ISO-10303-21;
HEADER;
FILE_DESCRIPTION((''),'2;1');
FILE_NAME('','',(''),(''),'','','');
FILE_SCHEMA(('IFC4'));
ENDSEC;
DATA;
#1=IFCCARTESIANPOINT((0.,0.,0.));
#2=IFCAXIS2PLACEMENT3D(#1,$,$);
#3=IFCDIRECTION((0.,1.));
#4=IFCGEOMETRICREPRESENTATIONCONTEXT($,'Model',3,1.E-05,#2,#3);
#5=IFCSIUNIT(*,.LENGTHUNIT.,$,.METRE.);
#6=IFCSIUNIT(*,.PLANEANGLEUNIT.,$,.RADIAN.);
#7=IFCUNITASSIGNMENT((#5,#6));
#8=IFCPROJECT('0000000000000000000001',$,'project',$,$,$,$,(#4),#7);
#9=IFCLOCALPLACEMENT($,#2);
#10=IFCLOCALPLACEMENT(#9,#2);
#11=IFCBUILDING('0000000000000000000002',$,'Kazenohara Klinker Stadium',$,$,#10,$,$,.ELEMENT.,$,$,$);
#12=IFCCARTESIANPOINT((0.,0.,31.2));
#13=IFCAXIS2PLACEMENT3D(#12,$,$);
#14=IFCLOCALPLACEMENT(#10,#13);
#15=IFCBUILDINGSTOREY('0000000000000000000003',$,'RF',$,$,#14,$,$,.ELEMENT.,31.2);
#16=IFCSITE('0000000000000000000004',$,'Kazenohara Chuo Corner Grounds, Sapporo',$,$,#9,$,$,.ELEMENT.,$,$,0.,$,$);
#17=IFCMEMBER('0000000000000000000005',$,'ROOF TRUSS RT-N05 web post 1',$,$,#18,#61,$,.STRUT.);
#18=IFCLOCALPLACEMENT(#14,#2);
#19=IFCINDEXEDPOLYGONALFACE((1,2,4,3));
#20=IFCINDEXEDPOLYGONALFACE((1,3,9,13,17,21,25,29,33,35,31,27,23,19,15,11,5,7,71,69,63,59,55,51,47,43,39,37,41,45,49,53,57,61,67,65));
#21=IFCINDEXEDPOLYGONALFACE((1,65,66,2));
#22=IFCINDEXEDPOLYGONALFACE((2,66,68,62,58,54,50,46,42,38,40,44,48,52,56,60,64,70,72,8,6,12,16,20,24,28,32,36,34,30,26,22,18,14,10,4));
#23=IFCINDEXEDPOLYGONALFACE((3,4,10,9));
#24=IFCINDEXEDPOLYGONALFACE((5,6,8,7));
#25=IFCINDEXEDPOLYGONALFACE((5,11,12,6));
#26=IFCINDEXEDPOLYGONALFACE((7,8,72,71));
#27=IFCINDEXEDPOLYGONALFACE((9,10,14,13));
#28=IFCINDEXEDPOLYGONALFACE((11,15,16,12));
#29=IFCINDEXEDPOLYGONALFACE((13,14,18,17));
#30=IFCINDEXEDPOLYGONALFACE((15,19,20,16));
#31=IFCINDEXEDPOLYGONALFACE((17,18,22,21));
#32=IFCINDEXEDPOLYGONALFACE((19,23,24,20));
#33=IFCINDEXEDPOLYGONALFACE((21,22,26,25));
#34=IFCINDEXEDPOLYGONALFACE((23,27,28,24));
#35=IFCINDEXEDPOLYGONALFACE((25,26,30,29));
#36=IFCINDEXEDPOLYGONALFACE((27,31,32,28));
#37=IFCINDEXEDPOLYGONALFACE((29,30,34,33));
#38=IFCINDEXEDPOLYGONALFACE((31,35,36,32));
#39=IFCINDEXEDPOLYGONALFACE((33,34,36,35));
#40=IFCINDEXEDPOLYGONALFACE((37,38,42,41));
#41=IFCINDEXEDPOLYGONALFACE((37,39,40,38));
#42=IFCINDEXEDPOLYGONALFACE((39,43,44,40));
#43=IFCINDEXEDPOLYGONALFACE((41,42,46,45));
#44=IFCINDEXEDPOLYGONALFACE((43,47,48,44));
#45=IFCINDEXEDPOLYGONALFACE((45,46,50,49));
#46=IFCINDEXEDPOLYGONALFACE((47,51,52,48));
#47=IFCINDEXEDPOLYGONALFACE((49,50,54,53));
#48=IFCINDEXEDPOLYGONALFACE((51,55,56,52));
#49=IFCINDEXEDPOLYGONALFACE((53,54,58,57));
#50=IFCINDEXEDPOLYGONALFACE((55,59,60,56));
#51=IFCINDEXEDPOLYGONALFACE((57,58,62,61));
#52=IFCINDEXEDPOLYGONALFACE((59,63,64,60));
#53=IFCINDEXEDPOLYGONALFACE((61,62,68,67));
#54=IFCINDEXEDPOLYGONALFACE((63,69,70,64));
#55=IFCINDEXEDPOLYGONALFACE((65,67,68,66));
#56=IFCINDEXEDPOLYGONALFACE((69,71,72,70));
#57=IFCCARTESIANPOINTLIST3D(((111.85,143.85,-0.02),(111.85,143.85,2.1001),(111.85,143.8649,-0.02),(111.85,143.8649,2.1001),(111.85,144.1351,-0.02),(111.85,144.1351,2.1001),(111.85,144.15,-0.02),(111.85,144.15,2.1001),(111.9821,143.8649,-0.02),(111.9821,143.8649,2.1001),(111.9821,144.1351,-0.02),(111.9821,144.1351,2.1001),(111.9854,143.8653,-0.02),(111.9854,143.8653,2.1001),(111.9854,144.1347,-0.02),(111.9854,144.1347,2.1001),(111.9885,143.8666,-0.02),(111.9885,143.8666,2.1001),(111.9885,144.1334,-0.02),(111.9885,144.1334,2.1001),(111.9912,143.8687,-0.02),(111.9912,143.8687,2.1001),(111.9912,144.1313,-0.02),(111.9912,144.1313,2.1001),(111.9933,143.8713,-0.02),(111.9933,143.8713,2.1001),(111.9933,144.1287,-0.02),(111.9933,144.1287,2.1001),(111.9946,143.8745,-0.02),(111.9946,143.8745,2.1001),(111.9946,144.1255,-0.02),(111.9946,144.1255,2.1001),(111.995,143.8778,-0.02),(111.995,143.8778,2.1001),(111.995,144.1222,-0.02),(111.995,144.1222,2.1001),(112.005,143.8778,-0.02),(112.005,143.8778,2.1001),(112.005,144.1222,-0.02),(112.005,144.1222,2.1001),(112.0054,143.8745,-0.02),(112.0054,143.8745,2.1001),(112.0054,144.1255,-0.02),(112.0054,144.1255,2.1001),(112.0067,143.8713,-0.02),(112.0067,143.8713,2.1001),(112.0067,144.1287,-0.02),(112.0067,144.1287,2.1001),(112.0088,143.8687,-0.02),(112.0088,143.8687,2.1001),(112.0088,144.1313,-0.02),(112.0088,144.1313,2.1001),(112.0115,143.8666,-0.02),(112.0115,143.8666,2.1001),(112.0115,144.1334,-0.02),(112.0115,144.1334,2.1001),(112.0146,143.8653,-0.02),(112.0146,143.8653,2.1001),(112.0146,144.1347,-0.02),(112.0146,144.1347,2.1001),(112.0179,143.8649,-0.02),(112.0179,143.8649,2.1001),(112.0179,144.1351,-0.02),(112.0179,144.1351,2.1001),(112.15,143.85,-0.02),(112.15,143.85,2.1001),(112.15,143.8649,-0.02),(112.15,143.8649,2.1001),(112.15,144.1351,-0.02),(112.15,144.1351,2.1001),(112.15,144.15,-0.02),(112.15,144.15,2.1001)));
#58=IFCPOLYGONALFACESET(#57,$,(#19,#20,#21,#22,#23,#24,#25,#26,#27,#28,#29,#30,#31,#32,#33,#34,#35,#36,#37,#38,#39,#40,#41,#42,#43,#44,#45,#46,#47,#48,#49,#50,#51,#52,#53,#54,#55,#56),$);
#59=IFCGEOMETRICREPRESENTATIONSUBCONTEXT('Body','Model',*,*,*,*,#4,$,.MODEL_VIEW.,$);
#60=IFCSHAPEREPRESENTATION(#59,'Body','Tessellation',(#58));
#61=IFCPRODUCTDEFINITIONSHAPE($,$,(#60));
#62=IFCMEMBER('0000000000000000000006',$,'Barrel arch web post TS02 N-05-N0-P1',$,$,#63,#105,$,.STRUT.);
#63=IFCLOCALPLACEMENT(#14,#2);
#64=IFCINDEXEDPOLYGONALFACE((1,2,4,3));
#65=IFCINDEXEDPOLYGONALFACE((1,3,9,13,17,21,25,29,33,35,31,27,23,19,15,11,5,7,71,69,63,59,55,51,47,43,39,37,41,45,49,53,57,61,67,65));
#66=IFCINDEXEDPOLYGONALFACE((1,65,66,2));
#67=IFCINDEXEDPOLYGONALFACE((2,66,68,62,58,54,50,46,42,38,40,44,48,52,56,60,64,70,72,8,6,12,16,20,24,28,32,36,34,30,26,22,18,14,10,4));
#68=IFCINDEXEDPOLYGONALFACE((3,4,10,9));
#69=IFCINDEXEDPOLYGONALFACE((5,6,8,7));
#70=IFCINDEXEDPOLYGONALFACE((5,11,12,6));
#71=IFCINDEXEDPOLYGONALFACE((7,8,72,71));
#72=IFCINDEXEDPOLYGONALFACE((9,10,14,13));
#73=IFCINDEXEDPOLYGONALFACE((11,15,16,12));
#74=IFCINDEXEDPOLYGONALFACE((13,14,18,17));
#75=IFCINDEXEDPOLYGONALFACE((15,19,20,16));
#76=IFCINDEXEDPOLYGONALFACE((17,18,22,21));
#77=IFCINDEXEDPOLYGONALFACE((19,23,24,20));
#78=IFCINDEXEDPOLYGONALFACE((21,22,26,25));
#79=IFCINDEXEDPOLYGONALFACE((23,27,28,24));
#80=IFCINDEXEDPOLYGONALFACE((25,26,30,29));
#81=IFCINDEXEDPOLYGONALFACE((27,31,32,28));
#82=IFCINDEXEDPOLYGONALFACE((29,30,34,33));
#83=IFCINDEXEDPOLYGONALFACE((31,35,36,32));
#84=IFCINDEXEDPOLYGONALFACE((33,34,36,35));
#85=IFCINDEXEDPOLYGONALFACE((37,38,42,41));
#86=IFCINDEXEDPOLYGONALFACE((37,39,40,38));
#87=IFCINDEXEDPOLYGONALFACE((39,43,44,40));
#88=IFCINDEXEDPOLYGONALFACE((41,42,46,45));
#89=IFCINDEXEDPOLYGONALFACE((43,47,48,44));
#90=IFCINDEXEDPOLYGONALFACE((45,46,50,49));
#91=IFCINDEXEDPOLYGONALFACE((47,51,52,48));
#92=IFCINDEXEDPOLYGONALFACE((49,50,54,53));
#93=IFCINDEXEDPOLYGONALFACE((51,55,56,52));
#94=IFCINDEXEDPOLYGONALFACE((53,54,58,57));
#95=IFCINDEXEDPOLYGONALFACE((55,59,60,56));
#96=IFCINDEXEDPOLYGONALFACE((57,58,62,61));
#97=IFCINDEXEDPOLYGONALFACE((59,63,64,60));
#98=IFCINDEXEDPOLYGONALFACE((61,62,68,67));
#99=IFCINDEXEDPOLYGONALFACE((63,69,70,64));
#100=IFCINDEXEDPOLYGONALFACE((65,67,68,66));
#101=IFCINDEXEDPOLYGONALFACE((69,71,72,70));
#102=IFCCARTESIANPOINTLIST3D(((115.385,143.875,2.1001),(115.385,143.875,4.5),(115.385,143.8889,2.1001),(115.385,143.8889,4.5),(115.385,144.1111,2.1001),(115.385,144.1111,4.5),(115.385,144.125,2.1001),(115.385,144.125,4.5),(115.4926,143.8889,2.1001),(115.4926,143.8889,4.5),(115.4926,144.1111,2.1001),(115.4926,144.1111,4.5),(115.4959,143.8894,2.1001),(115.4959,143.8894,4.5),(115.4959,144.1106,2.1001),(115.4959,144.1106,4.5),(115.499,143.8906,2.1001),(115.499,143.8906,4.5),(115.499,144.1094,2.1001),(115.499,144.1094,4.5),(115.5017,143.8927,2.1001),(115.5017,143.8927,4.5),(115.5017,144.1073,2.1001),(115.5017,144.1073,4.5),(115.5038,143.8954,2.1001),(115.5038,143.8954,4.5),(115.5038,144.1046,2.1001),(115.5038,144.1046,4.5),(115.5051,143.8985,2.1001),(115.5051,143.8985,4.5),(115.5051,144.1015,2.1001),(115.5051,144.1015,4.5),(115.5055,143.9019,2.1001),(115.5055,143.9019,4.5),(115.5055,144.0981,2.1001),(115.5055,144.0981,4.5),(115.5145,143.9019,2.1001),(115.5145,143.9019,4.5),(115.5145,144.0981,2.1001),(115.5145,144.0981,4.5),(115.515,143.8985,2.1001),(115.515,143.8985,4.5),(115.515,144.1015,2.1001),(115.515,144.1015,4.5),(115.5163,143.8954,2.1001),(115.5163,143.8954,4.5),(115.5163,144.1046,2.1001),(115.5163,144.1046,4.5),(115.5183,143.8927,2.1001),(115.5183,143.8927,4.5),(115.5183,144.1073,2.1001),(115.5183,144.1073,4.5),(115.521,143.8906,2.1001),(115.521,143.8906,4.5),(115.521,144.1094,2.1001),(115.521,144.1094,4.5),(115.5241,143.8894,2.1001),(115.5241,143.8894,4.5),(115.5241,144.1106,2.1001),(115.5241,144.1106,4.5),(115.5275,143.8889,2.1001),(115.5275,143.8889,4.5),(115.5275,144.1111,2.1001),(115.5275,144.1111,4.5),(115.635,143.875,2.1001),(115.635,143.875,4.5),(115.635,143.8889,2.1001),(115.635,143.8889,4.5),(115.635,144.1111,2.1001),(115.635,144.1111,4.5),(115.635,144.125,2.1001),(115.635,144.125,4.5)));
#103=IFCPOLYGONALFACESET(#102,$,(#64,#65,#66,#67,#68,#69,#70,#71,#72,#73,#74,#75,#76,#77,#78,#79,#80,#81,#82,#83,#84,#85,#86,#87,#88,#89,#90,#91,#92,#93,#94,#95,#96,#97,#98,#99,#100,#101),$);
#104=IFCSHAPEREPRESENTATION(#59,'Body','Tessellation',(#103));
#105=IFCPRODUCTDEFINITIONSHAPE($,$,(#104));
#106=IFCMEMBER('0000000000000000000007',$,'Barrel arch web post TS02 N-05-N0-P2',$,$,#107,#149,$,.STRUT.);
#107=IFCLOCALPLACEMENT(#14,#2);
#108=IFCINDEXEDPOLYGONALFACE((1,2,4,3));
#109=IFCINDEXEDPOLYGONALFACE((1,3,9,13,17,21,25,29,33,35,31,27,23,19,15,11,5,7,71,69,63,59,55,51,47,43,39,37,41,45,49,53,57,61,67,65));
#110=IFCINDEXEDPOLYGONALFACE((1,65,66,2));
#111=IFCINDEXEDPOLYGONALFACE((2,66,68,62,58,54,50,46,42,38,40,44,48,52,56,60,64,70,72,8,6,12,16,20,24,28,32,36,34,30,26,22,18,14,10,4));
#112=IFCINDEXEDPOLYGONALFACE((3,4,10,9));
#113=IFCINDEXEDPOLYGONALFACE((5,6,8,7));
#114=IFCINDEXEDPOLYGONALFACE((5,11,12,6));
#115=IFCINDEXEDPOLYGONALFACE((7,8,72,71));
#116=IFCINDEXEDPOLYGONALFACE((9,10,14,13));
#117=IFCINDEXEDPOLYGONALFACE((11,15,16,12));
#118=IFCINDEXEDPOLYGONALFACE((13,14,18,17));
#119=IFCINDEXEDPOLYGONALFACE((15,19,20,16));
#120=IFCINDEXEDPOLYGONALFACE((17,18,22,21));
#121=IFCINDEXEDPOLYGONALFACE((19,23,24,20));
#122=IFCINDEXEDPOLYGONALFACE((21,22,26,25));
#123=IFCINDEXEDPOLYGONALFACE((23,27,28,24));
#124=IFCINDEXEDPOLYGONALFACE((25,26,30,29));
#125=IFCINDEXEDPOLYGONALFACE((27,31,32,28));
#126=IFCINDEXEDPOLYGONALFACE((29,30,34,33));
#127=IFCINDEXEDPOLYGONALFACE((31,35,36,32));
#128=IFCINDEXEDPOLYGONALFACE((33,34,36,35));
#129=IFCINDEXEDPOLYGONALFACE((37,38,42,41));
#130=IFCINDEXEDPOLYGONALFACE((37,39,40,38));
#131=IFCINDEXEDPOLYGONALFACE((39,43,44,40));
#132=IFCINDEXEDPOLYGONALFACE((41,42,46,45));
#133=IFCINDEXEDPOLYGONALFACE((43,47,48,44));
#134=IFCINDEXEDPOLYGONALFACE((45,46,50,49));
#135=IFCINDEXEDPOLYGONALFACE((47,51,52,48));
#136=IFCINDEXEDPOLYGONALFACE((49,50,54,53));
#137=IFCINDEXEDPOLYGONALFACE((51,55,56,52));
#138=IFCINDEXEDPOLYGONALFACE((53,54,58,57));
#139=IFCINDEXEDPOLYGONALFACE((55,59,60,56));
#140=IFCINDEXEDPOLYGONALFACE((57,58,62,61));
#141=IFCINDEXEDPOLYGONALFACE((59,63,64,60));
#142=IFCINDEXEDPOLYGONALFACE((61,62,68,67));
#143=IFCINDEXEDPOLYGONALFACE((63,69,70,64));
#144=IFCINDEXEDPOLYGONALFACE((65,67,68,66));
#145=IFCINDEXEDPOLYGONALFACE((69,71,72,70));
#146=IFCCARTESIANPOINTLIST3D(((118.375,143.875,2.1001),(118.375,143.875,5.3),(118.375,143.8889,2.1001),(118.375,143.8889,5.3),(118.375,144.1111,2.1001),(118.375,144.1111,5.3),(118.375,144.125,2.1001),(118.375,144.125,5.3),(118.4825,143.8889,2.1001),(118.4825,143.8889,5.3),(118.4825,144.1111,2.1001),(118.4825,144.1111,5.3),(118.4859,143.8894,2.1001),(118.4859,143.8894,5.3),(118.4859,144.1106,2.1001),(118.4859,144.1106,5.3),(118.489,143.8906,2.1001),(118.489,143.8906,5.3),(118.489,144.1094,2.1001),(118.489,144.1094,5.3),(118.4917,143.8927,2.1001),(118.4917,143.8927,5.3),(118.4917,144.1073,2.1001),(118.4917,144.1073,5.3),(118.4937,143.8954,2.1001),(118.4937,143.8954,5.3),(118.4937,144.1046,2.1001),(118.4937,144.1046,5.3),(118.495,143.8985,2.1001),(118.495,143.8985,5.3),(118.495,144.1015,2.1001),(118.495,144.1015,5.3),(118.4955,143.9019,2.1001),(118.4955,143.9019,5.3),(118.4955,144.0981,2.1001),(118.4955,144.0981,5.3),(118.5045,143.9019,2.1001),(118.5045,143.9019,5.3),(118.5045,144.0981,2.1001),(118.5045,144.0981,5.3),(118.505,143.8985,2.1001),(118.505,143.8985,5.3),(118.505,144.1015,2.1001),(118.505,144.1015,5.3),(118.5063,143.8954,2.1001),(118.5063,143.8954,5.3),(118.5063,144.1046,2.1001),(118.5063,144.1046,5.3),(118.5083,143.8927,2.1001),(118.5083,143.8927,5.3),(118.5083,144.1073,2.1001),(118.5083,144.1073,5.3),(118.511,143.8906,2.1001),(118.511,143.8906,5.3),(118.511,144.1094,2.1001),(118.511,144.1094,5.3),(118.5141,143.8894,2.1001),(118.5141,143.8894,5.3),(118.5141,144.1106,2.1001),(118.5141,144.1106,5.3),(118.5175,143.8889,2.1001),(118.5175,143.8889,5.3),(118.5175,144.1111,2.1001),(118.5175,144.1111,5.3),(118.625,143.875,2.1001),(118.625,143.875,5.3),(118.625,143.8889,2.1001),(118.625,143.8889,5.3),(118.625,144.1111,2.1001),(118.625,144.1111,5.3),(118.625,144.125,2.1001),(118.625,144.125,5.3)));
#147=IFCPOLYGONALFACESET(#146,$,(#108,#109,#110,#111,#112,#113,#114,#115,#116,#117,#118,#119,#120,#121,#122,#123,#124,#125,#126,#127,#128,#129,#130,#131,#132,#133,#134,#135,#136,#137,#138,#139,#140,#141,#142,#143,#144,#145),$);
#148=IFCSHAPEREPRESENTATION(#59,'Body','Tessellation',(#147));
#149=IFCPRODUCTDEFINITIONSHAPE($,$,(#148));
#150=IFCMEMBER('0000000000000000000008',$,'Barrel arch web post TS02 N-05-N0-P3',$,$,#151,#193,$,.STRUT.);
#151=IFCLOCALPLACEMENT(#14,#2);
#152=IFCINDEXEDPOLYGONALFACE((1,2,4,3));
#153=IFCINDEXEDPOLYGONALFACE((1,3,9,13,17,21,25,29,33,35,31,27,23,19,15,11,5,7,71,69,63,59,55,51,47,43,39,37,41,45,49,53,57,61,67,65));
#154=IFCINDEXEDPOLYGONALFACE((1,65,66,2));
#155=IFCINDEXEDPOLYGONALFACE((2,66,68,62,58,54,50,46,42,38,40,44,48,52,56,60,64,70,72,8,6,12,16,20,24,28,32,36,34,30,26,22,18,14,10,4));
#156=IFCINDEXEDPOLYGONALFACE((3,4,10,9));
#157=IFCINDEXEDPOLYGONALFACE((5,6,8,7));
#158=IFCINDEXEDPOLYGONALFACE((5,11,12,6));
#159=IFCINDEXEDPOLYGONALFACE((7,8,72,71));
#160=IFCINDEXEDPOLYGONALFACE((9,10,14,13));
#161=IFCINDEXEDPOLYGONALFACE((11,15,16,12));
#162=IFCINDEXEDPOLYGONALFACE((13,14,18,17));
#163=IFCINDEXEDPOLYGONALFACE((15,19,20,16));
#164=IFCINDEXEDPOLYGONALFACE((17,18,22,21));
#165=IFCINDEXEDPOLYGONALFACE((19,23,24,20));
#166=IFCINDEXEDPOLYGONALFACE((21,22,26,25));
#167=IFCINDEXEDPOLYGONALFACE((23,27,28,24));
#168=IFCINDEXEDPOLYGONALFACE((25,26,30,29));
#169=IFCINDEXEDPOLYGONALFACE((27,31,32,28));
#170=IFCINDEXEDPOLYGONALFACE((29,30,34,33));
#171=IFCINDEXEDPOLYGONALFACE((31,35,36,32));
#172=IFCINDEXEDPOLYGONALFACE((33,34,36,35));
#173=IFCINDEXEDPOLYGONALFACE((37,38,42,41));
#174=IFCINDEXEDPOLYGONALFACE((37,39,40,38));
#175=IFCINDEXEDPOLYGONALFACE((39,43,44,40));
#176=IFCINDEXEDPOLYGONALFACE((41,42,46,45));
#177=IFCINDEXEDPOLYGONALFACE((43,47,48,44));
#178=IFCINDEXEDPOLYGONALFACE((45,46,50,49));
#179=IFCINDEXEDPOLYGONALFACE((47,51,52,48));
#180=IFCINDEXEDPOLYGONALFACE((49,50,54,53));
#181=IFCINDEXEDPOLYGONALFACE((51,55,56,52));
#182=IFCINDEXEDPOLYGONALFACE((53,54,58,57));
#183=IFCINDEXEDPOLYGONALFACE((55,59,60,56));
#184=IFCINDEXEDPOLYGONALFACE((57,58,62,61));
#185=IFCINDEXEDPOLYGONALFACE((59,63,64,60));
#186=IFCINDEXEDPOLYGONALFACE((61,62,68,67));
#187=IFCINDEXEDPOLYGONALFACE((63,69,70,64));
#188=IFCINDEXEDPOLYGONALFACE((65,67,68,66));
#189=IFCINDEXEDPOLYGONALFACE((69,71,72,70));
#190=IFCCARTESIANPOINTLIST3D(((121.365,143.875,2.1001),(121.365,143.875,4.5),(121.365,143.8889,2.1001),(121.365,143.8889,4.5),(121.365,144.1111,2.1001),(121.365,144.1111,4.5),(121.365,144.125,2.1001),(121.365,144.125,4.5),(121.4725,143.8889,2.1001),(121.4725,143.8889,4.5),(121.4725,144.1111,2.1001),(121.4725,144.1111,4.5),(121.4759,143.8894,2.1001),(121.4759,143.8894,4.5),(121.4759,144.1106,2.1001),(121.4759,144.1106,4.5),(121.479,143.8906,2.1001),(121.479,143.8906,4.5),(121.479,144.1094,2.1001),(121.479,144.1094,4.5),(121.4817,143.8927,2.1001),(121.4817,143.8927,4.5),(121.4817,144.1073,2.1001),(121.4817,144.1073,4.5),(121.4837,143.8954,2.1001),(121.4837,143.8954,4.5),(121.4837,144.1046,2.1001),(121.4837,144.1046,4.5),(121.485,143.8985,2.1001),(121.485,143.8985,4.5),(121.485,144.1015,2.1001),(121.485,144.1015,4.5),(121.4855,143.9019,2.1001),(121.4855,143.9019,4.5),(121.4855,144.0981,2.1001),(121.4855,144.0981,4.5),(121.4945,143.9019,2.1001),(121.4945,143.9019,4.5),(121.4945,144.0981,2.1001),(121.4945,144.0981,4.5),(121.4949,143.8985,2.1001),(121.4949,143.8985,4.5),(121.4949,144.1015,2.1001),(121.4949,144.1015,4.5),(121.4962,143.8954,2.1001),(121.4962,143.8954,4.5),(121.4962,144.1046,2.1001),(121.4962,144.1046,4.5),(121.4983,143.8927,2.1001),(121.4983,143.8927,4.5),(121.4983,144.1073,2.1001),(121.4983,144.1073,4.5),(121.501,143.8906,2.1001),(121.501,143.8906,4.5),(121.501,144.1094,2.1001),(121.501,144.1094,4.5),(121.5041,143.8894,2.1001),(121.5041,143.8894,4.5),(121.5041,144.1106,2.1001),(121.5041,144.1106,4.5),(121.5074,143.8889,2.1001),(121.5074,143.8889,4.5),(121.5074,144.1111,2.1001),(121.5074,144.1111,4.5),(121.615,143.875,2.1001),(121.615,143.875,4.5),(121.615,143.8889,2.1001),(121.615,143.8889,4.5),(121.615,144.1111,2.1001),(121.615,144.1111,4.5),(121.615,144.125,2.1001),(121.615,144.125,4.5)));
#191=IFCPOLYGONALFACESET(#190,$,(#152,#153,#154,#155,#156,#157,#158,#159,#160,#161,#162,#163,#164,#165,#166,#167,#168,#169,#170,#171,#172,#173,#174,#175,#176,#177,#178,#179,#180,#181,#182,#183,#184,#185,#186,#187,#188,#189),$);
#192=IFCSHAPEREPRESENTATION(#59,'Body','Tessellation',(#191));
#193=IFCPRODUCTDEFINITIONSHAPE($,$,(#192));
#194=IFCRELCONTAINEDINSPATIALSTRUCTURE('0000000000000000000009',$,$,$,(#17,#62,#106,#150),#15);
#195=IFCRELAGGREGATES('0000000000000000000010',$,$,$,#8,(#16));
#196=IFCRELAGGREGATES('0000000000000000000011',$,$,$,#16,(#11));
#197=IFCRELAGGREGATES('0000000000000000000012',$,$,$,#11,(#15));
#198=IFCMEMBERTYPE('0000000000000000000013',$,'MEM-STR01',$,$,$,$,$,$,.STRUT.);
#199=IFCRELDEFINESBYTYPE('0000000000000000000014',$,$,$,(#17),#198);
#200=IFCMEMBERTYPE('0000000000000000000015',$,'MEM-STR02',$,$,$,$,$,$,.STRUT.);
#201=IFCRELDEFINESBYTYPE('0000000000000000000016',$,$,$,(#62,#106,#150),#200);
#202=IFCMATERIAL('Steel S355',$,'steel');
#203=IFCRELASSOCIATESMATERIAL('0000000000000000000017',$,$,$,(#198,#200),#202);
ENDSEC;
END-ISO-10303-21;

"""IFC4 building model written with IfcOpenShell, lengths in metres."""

from ifc_helpers import new_model, si_unit, direction, frame, origin, origin_2d, place, context, subcontext, project, spatial, i_section, extrude, material, material_profile, profile_set, type_object, element, save


model = new_model("IFC4")

# Units and contexts
model_context = context("Model", 3, precision=1e-05, world=origin(), true_north=direction((0.0, 1.0)))
body_context = subcontext(model_context, "Body", "Model", "MODEL_VIEW")
ifc_project = project(units=[si_unit("LENGTHUNIT", "METRE"), si_unit("PLANEANGLEUNIT", "RADIAN")], contexts=[model_context])

# Site, building, storey
site_placement = place(None, origin())
site = spatial("IfcSite", under=ifc_project, at=site_placement, Name="Kazenohara Chuo Corner Grounds, Sapporo", CompositionType="ELEMENT", RefElevation=0.0)
building_placement = place(site_placement, origin())
building = spatial("IfcBuilding", under=site, at=building_placement, Name="Kazenohara Klinker Stadium", CompositionType="ELEMENT")
storey_placement = place(building_placement, frame((0.0, 0.0, 31.2)))
storey = spatial("IfcBuildingStorey", under=building, at=storey_placement, Name="RF", CompositionType="ELEMENT", Elevation=31.2)

# Members
ifc_material_1 = material(Name="Steel S355", Category="steel")
ifc_material_profile_1 = material_profile(ifc_material_1, i_section(OverallWidth=0.3, OverallDepth=0.3, WebThickness=0.01, FlangeThickness=0.0149, FilletRadius=0.0129, at=origin_2d()), Name="H-300x300x10x15")
ifc_profile_set_1 = profile_set([ifc_material_profile_1], Name="Steel S355")
member_type_1 = type_object("IfcMemberType", Name="MEM-STR01", PredefinedType="STRUT", material=ifc_profile_set_1)
member_1_placement = place(storey_placement, frame((112.0, 144.0, -0.02), z_axis=(0.0, 0.0, 1.0), x_axis=(1.0, 0.0, 0.0)))
element("IfcMember", 1, at=member_1_placement, inside=storey, type_object=member_type_1, Name="ROOF TRUSS RT-N05 web post 1", PredefinedType="STRUT", context=body_context, shape_type="SweptSolid", body=[
    extrude(i_section(OverallWidth=0.3, OverallDepth=0.3, WebThickness=0.01, FlangeThickness=0.0149, FilletRadius=0.0129, at=origin_2d()), origin(), (0.0, 0.0, 1.0), 2.1201),
])
ifc_material_profile_2 = material_profile(ifc_material_1, i_section(OverallWidth=0.25, OverallDepth=0.25, WebThickness=0.009, FlangeThickness=0.0139, FilletRadius=0.0129, at=origin_2d()), Name="H-250x250x9x14")
ifc_profile_set_2 = profile_set([ifc_material_profile_2], Name="Steel S355")
member_type_2 = type_object("IfcMemberType", Name="MEM-STR02", PredefinedType="STRUT", material=ifc_profile_set_2)
member_2_placement = place(storey_placement, frame((115.51, 144.0, 2.1001), z_axis=(0.0, 0.0, 1.0), x_axis=(1.0, 0.0, 0.0)))
element("IfcMember", 2, at=member_2_placement, inside=storey, type_object=member_type_2, Name="Barrel arch web post TS02 N-05-N0-P1", PredefinedType="STRUT", context=body_context, shape_type="SweptSolid", body=[
    extrude(i_section(OverallWidth=0.25, OverallDepth=0.25, WebThickness=0.009, FlangeThickness=0.0139, FilletRadius=0.0129, at=origin_2d()), origin(), (0.0, 0.0, 1.0), 2.3999),
])
member_3_placement = place(storey_placement, frame((118.5, 144.0, 2.1001), z_axis=(0.0, 0.0, 1.0), x_axis=(1.0, 0.0, 0.0)))
element("IfcMember", 3, at=member_3_placement, inside=storey, type_object=member_type_2, Name="Barrel arch web post TS02 N-05-N0-P2", PredefinedType="STRUT", context=body_context, shape_type="SweptSolid", body=[
    extrude(i_section(OverallWidth=0.25, OverallDepth=0.25, WebThickness=0.009, FlangeThickness=0.0139, FilletRadius=0.0129, at=origin_2d()), origin(), (0.0, 0.0, 1.0), 3.2),
])
member_4_placement = place(storey_placement, frame((121.49, 144.0, 2.1001), z_axis=(0.0, 0.0, 1.0), x_axis=(1.0, 0.0, 0.0)))
element("IfcMember", 4, at=member_4_placement, inside=storey, type_object=member_type_2, Name="Barrel arch web post TS02 N-05-N0-P3", PredefinedType="STRUT", context=body_context, shape_type="SweptSolid", body=[
    extrude(i_section(OverallWidth=0.25, OverallDepth=0.25, WebThickness=0.009, FlangeThickness=0.0139, FilletRadius=0.0129, at=origin_2d()), origin(), (0.0, 0.0, 1.0), 2.3999),
])

save(model, "model.ifc")
